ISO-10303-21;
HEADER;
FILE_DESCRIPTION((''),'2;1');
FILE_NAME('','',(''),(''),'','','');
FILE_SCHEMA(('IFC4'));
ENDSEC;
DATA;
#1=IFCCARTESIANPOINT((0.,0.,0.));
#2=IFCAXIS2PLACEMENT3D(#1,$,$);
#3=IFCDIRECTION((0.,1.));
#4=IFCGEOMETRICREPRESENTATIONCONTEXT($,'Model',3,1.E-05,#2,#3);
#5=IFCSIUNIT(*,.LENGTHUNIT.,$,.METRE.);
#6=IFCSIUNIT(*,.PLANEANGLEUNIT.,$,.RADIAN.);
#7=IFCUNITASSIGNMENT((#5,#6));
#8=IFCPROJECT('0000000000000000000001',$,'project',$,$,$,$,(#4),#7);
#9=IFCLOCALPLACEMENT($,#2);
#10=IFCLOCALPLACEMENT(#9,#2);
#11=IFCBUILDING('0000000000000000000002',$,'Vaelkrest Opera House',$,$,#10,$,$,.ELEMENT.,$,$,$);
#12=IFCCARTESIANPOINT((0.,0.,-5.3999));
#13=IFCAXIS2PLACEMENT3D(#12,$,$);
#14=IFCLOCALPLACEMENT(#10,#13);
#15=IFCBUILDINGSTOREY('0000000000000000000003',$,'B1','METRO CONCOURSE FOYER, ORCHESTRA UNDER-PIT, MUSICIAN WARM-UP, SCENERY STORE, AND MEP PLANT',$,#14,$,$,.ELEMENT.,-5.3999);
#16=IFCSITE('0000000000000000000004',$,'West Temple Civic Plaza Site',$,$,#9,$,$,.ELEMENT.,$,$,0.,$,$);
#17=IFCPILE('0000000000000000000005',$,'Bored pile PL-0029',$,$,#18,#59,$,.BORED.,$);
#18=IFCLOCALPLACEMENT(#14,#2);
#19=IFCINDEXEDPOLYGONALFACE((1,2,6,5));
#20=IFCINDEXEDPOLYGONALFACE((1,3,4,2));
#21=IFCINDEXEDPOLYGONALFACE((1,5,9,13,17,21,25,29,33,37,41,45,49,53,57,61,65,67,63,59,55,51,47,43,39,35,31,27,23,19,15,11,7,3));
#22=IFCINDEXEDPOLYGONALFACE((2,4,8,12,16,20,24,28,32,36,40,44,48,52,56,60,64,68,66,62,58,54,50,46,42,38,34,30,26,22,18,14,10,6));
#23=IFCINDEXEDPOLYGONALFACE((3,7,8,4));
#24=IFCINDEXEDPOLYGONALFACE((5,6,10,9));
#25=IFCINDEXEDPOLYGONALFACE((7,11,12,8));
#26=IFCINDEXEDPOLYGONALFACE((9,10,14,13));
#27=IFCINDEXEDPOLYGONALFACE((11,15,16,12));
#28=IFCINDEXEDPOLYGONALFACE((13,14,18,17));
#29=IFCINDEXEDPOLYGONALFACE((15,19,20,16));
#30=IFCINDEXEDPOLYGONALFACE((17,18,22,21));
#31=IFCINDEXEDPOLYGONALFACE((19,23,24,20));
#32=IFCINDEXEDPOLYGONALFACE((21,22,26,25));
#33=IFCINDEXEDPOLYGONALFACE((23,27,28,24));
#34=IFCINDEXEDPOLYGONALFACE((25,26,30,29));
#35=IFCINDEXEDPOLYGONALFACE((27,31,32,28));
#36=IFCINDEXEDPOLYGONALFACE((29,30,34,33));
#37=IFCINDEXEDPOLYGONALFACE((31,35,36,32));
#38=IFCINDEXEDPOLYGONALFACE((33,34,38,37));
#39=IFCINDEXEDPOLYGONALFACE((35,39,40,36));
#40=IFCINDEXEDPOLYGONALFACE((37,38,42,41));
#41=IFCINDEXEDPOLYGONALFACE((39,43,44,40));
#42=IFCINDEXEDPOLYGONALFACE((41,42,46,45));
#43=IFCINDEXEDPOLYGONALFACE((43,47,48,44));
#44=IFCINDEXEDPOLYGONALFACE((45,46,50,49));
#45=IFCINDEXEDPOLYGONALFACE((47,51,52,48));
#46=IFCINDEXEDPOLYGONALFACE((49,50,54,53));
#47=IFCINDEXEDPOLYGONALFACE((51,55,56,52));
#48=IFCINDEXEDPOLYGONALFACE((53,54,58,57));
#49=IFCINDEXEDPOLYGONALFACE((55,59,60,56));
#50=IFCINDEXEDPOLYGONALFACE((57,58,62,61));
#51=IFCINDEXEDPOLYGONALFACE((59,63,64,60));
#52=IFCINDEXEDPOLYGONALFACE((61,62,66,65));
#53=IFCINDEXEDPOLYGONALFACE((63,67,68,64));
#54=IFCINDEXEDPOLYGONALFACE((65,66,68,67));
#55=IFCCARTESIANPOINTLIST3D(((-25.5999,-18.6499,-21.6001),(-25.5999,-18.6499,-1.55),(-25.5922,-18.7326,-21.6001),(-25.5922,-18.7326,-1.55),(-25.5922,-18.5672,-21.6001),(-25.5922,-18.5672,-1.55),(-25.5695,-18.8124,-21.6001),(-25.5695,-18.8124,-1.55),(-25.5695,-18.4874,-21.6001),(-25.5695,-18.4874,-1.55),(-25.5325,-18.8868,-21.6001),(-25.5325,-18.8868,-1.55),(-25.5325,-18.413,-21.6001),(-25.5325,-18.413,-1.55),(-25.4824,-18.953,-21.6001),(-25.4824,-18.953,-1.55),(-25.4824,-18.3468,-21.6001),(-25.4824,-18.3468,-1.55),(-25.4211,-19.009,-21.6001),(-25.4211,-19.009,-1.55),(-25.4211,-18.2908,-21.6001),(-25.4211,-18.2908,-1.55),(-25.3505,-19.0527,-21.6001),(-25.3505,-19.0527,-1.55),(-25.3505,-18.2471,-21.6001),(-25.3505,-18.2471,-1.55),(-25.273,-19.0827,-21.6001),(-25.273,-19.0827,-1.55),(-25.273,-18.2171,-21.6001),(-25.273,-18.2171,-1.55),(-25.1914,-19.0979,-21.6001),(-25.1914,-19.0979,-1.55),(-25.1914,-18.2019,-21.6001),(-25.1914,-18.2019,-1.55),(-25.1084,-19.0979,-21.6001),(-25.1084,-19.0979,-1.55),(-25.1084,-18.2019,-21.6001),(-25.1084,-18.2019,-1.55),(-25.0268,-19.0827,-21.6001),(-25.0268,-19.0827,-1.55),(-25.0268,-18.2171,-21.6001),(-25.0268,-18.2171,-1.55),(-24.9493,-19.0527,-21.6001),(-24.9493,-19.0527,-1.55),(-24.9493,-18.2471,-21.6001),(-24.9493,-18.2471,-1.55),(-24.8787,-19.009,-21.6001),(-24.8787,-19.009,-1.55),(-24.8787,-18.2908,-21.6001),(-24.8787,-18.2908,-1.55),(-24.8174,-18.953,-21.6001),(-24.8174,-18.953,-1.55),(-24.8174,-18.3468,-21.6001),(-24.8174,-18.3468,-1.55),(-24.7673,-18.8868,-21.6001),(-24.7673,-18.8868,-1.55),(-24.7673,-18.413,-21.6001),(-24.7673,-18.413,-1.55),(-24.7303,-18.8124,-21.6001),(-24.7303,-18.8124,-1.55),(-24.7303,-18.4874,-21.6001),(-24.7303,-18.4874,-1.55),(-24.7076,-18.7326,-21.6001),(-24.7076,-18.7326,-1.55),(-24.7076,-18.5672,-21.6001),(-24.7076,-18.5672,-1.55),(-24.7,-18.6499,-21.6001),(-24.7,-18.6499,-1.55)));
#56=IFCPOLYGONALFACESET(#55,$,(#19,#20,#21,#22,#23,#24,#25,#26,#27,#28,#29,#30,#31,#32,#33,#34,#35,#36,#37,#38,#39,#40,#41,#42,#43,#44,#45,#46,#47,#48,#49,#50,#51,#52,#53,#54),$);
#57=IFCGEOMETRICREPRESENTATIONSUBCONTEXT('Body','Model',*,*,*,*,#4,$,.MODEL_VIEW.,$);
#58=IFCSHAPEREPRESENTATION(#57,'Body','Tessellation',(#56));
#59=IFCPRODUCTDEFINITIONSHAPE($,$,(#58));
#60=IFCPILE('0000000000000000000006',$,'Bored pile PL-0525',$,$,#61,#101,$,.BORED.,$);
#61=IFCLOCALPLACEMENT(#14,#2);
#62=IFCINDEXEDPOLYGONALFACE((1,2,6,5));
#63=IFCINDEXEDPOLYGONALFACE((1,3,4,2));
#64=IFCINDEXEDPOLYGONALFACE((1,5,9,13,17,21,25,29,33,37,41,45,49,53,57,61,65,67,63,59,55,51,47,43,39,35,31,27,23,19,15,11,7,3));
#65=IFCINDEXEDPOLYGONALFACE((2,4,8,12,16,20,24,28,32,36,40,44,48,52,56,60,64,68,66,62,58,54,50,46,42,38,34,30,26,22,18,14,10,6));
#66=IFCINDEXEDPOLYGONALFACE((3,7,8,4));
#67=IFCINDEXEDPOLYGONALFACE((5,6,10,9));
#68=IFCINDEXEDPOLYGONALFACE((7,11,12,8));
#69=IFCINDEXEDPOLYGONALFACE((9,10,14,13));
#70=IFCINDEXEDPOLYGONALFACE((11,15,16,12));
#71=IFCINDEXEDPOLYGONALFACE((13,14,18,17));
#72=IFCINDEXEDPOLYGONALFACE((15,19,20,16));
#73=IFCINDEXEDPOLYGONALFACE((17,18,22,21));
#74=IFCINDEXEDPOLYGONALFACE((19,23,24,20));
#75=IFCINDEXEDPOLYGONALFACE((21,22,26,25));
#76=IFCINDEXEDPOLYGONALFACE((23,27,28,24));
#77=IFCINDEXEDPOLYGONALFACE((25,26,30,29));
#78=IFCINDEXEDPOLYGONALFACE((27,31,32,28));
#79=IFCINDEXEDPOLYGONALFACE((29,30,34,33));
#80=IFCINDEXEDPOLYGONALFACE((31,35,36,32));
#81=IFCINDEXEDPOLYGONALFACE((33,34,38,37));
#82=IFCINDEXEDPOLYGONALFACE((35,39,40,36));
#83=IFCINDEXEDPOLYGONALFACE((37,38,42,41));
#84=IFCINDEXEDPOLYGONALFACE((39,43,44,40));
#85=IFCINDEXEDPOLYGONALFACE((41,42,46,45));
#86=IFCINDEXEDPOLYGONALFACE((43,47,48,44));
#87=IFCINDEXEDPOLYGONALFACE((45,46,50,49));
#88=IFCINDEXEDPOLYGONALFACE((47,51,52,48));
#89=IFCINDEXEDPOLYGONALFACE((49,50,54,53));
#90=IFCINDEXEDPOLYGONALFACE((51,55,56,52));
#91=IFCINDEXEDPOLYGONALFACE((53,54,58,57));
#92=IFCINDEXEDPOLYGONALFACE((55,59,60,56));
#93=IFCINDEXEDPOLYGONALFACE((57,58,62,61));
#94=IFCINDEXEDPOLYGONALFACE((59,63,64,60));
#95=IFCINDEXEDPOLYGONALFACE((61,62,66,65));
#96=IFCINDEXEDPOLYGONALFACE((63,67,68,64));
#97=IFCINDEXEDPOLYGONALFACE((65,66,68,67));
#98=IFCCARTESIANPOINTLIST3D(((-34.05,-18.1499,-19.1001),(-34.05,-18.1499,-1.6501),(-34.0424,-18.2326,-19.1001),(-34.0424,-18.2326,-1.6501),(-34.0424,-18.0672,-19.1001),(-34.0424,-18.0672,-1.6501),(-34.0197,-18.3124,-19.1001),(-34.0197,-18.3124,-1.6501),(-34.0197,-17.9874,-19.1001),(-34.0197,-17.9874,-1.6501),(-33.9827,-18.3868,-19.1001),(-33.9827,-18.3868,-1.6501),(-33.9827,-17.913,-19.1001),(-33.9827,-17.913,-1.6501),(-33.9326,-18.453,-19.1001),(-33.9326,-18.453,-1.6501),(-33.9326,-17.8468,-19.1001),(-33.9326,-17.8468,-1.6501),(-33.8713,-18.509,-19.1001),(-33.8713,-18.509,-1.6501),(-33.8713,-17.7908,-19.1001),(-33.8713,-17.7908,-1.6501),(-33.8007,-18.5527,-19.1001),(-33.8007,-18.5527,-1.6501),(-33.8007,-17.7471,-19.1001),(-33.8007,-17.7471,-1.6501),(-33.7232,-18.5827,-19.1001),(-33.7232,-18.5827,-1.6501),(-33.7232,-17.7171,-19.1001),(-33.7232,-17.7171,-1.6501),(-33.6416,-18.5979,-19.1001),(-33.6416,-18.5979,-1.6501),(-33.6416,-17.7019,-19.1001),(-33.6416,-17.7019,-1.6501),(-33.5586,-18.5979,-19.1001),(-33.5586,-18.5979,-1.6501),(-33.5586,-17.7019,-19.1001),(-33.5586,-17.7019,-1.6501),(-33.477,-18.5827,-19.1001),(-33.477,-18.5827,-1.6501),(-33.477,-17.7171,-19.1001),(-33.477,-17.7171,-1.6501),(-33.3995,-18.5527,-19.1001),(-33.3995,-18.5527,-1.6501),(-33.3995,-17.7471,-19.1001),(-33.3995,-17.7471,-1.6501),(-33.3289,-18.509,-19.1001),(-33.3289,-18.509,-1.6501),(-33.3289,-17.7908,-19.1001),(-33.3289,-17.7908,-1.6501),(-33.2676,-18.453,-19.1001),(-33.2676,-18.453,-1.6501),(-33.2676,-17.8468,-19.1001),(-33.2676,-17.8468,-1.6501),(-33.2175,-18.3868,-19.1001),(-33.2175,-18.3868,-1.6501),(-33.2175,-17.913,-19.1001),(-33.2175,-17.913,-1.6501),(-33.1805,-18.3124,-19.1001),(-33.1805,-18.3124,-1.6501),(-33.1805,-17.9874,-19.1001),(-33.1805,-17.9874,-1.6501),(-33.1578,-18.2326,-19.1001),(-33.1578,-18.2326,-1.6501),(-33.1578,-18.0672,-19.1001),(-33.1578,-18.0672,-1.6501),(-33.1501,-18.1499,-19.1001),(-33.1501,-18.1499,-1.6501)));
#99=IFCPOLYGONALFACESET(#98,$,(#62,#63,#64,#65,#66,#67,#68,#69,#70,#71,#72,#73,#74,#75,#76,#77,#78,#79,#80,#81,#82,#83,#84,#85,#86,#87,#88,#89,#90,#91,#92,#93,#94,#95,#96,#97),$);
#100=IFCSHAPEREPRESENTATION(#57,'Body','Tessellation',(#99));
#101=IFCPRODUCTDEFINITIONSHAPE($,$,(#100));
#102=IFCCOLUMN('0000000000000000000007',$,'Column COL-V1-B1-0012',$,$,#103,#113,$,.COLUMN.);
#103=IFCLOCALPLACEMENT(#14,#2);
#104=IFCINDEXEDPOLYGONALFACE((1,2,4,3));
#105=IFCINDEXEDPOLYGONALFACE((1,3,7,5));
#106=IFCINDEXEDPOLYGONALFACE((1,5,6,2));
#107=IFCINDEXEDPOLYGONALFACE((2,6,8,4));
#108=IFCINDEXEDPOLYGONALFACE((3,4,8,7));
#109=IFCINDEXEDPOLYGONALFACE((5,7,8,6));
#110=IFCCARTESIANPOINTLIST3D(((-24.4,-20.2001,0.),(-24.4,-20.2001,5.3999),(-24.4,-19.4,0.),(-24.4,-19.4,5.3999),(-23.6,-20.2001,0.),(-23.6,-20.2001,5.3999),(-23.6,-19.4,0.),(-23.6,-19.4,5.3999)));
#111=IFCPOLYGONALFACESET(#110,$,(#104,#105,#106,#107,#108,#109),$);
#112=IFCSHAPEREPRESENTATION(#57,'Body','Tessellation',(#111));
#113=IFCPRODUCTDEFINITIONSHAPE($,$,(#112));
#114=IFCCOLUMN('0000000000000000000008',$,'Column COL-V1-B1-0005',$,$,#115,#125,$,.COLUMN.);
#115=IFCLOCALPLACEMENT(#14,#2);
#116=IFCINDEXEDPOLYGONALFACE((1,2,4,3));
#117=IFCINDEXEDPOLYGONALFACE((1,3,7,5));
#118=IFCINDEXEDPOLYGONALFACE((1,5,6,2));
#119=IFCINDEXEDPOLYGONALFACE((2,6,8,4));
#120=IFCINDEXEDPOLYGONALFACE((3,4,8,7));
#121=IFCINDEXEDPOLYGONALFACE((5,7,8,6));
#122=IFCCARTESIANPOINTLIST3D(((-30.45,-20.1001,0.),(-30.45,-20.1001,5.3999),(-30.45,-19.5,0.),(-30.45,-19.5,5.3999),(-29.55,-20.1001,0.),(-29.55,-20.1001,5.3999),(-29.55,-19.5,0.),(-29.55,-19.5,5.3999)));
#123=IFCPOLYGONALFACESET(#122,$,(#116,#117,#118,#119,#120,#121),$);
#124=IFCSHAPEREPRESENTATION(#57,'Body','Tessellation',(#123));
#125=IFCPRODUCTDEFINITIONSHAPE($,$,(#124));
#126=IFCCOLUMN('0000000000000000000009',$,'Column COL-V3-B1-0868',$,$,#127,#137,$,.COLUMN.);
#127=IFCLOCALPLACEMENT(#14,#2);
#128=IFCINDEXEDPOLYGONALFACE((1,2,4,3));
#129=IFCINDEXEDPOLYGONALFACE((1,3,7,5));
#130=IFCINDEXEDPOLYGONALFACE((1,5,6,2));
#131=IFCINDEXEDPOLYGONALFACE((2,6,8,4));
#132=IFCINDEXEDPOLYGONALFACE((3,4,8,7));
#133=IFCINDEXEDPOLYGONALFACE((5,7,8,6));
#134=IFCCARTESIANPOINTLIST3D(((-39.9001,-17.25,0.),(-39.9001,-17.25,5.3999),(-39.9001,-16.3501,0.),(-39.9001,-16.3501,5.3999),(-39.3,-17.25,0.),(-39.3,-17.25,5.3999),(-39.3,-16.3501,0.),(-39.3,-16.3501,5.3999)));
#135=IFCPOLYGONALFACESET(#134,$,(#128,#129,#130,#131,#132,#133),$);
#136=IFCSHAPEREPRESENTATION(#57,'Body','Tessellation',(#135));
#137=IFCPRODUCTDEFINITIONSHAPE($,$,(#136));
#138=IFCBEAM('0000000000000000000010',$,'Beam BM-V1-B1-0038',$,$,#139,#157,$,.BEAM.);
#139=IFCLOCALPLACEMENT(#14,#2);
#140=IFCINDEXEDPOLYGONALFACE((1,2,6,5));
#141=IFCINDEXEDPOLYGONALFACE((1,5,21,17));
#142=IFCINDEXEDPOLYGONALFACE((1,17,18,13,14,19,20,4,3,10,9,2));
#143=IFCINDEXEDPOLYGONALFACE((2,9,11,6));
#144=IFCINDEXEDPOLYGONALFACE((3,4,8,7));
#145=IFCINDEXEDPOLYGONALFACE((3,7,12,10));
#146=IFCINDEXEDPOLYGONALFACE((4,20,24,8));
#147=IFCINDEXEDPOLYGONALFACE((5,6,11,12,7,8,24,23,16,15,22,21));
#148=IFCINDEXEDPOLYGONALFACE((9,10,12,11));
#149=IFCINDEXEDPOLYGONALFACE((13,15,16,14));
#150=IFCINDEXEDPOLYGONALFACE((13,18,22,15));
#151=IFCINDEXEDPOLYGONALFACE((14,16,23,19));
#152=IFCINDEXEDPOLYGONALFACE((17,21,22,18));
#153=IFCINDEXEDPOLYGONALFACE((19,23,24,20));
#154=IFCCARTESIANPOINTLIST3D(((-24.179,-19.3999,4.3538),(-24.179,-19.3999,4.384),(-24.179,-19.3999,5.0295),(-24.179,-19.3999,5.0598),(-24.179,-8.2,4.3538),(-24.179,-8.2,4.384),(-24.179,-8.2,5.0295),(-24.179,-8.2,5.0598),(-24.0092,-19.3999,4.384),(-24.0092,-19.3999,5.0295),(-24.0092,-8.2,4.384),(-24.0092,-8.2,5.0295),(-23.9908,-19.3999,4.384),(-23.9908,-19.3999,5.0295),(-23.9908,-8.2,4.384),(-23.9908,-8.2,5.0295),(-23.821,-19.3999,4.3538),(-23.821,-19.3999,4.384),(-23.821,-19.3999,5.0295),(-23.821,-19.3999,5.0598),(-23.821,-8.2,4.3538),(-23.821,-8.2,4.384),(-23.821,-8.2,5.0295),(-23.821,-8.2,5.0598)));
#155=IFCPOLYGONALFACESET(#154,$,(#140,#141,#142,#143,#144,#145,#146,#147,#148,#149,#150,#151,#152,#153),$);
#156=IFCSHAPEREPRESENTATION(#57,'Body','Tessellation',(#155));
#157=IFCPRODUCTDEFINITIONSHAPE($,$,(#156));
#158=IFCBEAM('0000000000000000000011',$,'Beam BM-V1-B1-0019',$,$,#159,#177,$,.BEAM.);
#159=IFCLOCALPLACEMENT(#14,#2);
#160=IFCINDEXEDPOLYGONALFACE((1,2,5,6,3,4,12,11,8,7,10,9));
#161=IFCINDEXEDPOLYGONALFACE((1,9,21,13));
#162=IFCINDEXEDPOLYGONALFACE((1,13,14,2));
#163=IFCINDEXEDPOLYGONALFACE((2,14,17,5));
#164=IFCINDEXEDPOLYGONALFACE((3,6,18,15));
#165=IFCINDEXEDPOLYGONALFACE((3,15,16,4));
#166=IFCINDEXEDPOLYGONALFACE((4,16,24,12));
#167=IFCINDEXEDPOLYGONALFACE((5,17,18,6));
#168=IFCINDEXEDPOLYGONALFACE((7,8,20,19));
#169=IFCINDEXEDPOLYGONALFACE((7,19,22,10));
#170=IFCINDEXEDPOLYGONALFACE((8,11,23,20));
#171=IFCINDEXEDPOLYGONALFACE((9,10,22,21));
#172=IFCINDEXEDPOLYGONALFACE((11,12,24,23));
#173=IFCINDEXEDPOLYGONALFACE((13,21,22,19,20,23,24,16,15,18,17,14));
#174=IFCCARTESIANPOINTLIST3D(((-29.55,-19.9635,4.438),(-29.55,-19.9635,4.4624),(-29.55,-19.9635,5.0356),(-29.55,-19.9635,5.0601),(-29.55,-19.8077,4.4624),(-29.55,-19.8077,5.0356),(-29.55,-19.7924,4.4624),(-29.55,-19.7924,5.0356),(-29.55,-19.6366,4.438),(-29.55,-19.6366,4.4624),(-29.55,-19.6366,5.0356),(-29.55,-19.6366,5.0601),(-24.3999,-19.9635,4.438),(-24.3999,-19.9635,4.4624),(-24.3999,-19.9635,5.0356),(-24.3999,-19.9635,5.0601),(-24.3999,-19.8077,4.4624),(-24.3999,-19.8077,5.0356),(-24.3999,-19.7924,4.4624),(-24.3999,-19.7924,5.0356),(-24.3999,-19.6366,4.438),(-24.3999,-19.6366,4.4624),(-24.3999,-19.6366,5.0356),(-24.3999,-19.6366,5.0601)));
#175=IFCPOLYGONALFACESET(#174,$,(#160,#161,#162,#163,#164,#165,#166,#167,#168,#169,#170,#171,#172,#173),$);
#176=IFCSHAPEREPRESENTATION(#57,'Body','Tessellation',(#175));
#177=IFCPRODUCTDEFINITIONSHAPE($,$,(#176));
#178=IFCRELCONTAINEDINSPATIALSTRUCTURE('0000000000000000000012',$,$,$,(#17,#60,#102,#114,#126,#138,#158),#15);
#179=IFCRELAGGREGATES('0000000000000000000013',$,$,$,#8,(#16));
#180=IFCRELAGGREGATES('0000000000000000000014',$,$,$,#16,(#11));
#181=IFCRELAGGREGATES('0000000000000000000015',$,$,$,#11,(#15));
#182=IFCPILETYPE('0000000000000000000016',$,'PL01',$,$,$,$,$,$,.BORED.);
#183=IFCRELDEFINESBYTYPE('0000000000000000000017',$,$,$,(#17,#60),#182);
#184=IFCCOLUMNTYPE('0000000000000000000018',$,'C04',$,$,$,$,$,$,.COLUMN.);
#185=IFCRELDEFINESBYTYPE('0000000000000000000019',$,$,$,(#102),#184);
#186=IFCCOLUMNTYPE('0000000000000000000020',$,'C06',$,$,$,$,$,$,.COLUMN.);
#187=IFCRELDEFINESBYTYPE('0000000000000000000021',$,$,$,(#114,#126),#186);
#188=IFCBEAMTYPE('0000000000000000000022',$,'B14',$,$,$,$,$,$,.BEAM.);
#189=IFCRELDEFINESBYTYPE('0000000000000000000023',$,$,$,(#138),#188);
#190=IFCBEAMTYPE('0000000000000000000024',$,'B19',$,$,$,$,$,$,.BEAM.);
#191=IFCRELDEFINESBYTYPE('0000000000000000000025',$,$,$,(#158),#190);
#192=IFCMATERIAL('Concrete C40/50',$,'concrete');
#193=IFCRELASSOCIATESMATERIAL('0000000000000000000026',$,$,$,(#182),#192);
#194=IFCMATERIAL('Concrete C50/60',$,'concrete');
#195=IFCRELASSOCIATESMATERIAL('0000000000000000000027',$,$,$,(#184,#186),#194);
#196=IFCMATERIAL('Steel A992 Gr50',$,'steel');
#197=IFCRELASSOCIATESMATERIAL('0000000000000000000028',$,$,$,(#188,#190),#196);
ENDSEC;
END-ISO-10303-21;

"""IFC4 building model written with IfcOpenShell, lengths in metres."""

from ifc_helpers import new_model, si_unit, direction, frame, origin, origin_2d, place, context, subcontext, project, spatial, rectangle, circle, i_section, extrude, material, material_profile, profile_set, type_object, element, save


model = new_model("IFC4")

# Units and contexts
model_context = context("Model", 3, precision=1e-05, world=origin(), true_north=direction((0.0, 1.0)))
body_context = subcontext(model_context, "Body", "Model", "MODEL_VIEW")
ifc_project = project(units=[si_unit("LENGTHUNIT", "METRE"), si_unit("PLANEANGLEUNIT", "RADIAN")], contexts=[model_context])

# Site, building, storey
site_placement = place(None, origin())
site = spatial("IfcSite", under=ifc_project, at=site_placement, Name="West Temple Civic Plaza Site", CompositionType="ELEMENT", RefElevation=0.0)
building_placement = place(site_placement, origin())
building = spatial("IfcBuilding", under=site, at=building_placement, Name="Vaelkrest Opera House", CompositionType="ELEMENT")
storey_placement = place(building_placement, frame((0.0, 0.0, -5.3999)))
storey = spatial("IfcBuildingStorey", under=building, at=storey_placement, Name="B1", Description="METRO CONCOURSE FOYER, ORCHESTRA UNDER-PIT, MUSICIAN WARM-UP, SCENERY STORE, AND MEP PLANT", CompositionType="ELEMENT", Elevation=-5.3999)

# Shared definitions
ifc_material_1 = material(Name="Concrete C40/50", Category="concrete")

# Piles
ifc_material_profile_1 = material_profile(ifc_material_1, circle(Radius=0.45, at=origin_2d()), Name="PILE900")
ifc_profile_set_1 = profile_set([ifc_material_profile_1], Name="Concrete C40/50")
pile_type = type_object("IfcPileType", Name="PL01", PredefinedType="BORED", material=ifc_profile_set_1)
for number, where, z_axis, x_axis, name in (
    (1, (-25.1499, -18.6499, -1.55), (0.0, 0.0, -1.0), (1.0, 0.0, 0.0), "Bored pile PL-0029"),
):
    element("IfcPile", number, at=place(storey_placement, frame(where, z_axis=z_axis, x_axis=x_axis)), inside=storey, type_object=pile_type, Name=name, PredefinedType="BORED", context=body_context, shape_type="SweptSolid", body=[
        extrude(circle(Radius=0.45, at=origin_2d()), origin(), (0.0, 0.0, 1.0), 20.05),
    ])
pile_placement = place(storey_placement, frame((-33.6001, -18.1499, -1.6501), z_axis=(0.0, 0.0, -1.0), x_axis=(1.0, 0.0, 0.0)))
element("IfcPile", 2, at=pile_placement, inside=storey, type_object=pile_type, Name="Bored pile PL-0525", PredefinedType="BORED", context=body_context, shape_type="SweptSolid", body=[
    extrude(circle(Radius=0.45, at=origin_2d()), origin(), (0.0, 0.0, 1.0), 17.45),
])

# Columns
ifc_material_2 = material(Name="Concrete C50/60", Category="concrete")
ifc_material_profile_2 = material_profile(ifc_material_2, rectangle(XDim=0.8, YDim=0.8, at=origin_2d()), Name="RC800X800")
ifc_profile_set_2 = profile_set([ifc_material_profile_2], Name="Concrete C50/60")
column_type_1 = type_object("IfcColumnType", Name="C04", PredefinedType="COLUMN", material=ifc_profile_set_2)
column_placement = place(storey_placement, frame((-24.0, -19.8, 0.0), z_axis=(0.0, 0.0, 1.0), x_axis=(1.0, 0.0, 0.0)))
element("IfcColumn", 3, at=column_placement, inside=storey, type_object=column_type_1, Name="Column COL-V1-B1-0012", PredefinedType="COLUMN", context=body_context, shape_type="SweptSolid", body=[
    extrude(rectangle(XDim=0.8, YDim=0.8, at=origin_2d()), origin(), (0.0, 0.0, 1.0), 5.3999),
])
ifc_material_profile_3 = material_profile(ifc_material_2, rectangle(XDim=0.6001, YDim=0.8999, at=origin_2d()), Name="RC600X900")
ifc_profile_set_3 = profile_set([ifc_material_profile_3], Name="Concrete C50/60")
column_type_2 = type_object("IfcColumnType", Name="C06", PredefinedType="COLUMN", material=ifc_profile_set_3)
for number, where, z_axis, x_axis, name in (
    (4, (-30.0, -19.8, 0.0), (0.0, 0.0, 1.0), (0.0, 1.0, 0.0), "Column COL-V1-B1-0005"),
    (5, (-39.6001, -16.8, 0.0), (0.0, 0.0, 1.0), (1.0, 0.0, 0.0), "Column COL-V3-B1-0868"),
):
    element("IfcColumn", number, at=place(storey_placement, frame(where, z_axis=z_axis, x_axis=x_axis)), inside=storey, type_object=column_type_2, Name=name, PredefinedType="COLUMN", context=body_context, shape_type="SweptSolid", body=[
        extrude(rectangle(XDim=0.6001, YDim=0.8999, at=origin_2d()), origin(), (0.0, 0.0, 1.0), 5.3999),
    ])

# Beams
ifc_material_3 = material(Name="Steel A992 Gr50", Category="steel")
ifc_material_profile_4 = material_profile(ifc_material_3, i_section(OverallWidth=0.3579, OverallDepth=0.7061, WebThickness=0.0183, FlangeThickness=0.0303, at=origin_2d()), Name="W27X178")
ifc_profile_set_4 = profile_set([ifc_material_profile_4], Name="Steel A992 Gr50")
beam_type_1 = type_object("IfcBeamType", Name="B14", PredefinedType="BEAM", material=ifc_profile_set_4)
beam_1_placement = place(storey_placement, frame((-24.0, -19.3999, 4.7068), z_axis=(0.0, 1.0, 0.0), x_axis=(-1.0, 0.0, 0.0)))
element("IfcBeam", 6, at=beam_1_placement, inside=storey, type_object=beam_type_1, Name="Beam BM-V1-B1-0038", PredefinedType="BEAM", context=body_context, shape_type="SweptSolid", body=[
    extrude(i_section(OverallWidth=0.3579, OverallDepth=0.7061, WebThickness=0.0183, FlangeThickness=0.0303, at=origin_2d()), origin(), (0.0, 0.0, 1.0), 11.2),
])
ifc_material_profile_5 = material_profile(ifc_material_3, i_section(OverallWidth=0.3269, OverallDepth=0.6221, WebThickness=0.0154, FlangeThickness=0.0244, at=origin_2d()), Name="W24X131")
ifc_profile_set_5 = profile_set([ifc_material_profile_5], Name="Steel A992 Gr50")
beam_type_2 = type_object("IfcBeamType", Name="B19", PredefinedType="BEAM", material=ifc_profile_set_5)
beam_2_placement = place(storey_placement, frame((-29.55, -19.8, 4.749), z_axis=(1.0, 0.0, 0.0), x_axis=(0.0, 1.0, 0.0)))
element("IfcBeam", 7, at=beam_2_placement, inside=storey, type_object=beam_type_2, Name="Beam BM-V1-B1-0019", PredefinedType="BEAM", context=body_context, shape_type="SweptSolid", body=[
    extrude(i_section(OverallWidth=0.3269, OverallDepth=0.6221, WebThickness=0.0154, FlangeThickness=0.0244, at=origin_2d()), origin(), (0.0, 0.0, 1.0), 5.1501),
])

save(model, "model.ifc")
